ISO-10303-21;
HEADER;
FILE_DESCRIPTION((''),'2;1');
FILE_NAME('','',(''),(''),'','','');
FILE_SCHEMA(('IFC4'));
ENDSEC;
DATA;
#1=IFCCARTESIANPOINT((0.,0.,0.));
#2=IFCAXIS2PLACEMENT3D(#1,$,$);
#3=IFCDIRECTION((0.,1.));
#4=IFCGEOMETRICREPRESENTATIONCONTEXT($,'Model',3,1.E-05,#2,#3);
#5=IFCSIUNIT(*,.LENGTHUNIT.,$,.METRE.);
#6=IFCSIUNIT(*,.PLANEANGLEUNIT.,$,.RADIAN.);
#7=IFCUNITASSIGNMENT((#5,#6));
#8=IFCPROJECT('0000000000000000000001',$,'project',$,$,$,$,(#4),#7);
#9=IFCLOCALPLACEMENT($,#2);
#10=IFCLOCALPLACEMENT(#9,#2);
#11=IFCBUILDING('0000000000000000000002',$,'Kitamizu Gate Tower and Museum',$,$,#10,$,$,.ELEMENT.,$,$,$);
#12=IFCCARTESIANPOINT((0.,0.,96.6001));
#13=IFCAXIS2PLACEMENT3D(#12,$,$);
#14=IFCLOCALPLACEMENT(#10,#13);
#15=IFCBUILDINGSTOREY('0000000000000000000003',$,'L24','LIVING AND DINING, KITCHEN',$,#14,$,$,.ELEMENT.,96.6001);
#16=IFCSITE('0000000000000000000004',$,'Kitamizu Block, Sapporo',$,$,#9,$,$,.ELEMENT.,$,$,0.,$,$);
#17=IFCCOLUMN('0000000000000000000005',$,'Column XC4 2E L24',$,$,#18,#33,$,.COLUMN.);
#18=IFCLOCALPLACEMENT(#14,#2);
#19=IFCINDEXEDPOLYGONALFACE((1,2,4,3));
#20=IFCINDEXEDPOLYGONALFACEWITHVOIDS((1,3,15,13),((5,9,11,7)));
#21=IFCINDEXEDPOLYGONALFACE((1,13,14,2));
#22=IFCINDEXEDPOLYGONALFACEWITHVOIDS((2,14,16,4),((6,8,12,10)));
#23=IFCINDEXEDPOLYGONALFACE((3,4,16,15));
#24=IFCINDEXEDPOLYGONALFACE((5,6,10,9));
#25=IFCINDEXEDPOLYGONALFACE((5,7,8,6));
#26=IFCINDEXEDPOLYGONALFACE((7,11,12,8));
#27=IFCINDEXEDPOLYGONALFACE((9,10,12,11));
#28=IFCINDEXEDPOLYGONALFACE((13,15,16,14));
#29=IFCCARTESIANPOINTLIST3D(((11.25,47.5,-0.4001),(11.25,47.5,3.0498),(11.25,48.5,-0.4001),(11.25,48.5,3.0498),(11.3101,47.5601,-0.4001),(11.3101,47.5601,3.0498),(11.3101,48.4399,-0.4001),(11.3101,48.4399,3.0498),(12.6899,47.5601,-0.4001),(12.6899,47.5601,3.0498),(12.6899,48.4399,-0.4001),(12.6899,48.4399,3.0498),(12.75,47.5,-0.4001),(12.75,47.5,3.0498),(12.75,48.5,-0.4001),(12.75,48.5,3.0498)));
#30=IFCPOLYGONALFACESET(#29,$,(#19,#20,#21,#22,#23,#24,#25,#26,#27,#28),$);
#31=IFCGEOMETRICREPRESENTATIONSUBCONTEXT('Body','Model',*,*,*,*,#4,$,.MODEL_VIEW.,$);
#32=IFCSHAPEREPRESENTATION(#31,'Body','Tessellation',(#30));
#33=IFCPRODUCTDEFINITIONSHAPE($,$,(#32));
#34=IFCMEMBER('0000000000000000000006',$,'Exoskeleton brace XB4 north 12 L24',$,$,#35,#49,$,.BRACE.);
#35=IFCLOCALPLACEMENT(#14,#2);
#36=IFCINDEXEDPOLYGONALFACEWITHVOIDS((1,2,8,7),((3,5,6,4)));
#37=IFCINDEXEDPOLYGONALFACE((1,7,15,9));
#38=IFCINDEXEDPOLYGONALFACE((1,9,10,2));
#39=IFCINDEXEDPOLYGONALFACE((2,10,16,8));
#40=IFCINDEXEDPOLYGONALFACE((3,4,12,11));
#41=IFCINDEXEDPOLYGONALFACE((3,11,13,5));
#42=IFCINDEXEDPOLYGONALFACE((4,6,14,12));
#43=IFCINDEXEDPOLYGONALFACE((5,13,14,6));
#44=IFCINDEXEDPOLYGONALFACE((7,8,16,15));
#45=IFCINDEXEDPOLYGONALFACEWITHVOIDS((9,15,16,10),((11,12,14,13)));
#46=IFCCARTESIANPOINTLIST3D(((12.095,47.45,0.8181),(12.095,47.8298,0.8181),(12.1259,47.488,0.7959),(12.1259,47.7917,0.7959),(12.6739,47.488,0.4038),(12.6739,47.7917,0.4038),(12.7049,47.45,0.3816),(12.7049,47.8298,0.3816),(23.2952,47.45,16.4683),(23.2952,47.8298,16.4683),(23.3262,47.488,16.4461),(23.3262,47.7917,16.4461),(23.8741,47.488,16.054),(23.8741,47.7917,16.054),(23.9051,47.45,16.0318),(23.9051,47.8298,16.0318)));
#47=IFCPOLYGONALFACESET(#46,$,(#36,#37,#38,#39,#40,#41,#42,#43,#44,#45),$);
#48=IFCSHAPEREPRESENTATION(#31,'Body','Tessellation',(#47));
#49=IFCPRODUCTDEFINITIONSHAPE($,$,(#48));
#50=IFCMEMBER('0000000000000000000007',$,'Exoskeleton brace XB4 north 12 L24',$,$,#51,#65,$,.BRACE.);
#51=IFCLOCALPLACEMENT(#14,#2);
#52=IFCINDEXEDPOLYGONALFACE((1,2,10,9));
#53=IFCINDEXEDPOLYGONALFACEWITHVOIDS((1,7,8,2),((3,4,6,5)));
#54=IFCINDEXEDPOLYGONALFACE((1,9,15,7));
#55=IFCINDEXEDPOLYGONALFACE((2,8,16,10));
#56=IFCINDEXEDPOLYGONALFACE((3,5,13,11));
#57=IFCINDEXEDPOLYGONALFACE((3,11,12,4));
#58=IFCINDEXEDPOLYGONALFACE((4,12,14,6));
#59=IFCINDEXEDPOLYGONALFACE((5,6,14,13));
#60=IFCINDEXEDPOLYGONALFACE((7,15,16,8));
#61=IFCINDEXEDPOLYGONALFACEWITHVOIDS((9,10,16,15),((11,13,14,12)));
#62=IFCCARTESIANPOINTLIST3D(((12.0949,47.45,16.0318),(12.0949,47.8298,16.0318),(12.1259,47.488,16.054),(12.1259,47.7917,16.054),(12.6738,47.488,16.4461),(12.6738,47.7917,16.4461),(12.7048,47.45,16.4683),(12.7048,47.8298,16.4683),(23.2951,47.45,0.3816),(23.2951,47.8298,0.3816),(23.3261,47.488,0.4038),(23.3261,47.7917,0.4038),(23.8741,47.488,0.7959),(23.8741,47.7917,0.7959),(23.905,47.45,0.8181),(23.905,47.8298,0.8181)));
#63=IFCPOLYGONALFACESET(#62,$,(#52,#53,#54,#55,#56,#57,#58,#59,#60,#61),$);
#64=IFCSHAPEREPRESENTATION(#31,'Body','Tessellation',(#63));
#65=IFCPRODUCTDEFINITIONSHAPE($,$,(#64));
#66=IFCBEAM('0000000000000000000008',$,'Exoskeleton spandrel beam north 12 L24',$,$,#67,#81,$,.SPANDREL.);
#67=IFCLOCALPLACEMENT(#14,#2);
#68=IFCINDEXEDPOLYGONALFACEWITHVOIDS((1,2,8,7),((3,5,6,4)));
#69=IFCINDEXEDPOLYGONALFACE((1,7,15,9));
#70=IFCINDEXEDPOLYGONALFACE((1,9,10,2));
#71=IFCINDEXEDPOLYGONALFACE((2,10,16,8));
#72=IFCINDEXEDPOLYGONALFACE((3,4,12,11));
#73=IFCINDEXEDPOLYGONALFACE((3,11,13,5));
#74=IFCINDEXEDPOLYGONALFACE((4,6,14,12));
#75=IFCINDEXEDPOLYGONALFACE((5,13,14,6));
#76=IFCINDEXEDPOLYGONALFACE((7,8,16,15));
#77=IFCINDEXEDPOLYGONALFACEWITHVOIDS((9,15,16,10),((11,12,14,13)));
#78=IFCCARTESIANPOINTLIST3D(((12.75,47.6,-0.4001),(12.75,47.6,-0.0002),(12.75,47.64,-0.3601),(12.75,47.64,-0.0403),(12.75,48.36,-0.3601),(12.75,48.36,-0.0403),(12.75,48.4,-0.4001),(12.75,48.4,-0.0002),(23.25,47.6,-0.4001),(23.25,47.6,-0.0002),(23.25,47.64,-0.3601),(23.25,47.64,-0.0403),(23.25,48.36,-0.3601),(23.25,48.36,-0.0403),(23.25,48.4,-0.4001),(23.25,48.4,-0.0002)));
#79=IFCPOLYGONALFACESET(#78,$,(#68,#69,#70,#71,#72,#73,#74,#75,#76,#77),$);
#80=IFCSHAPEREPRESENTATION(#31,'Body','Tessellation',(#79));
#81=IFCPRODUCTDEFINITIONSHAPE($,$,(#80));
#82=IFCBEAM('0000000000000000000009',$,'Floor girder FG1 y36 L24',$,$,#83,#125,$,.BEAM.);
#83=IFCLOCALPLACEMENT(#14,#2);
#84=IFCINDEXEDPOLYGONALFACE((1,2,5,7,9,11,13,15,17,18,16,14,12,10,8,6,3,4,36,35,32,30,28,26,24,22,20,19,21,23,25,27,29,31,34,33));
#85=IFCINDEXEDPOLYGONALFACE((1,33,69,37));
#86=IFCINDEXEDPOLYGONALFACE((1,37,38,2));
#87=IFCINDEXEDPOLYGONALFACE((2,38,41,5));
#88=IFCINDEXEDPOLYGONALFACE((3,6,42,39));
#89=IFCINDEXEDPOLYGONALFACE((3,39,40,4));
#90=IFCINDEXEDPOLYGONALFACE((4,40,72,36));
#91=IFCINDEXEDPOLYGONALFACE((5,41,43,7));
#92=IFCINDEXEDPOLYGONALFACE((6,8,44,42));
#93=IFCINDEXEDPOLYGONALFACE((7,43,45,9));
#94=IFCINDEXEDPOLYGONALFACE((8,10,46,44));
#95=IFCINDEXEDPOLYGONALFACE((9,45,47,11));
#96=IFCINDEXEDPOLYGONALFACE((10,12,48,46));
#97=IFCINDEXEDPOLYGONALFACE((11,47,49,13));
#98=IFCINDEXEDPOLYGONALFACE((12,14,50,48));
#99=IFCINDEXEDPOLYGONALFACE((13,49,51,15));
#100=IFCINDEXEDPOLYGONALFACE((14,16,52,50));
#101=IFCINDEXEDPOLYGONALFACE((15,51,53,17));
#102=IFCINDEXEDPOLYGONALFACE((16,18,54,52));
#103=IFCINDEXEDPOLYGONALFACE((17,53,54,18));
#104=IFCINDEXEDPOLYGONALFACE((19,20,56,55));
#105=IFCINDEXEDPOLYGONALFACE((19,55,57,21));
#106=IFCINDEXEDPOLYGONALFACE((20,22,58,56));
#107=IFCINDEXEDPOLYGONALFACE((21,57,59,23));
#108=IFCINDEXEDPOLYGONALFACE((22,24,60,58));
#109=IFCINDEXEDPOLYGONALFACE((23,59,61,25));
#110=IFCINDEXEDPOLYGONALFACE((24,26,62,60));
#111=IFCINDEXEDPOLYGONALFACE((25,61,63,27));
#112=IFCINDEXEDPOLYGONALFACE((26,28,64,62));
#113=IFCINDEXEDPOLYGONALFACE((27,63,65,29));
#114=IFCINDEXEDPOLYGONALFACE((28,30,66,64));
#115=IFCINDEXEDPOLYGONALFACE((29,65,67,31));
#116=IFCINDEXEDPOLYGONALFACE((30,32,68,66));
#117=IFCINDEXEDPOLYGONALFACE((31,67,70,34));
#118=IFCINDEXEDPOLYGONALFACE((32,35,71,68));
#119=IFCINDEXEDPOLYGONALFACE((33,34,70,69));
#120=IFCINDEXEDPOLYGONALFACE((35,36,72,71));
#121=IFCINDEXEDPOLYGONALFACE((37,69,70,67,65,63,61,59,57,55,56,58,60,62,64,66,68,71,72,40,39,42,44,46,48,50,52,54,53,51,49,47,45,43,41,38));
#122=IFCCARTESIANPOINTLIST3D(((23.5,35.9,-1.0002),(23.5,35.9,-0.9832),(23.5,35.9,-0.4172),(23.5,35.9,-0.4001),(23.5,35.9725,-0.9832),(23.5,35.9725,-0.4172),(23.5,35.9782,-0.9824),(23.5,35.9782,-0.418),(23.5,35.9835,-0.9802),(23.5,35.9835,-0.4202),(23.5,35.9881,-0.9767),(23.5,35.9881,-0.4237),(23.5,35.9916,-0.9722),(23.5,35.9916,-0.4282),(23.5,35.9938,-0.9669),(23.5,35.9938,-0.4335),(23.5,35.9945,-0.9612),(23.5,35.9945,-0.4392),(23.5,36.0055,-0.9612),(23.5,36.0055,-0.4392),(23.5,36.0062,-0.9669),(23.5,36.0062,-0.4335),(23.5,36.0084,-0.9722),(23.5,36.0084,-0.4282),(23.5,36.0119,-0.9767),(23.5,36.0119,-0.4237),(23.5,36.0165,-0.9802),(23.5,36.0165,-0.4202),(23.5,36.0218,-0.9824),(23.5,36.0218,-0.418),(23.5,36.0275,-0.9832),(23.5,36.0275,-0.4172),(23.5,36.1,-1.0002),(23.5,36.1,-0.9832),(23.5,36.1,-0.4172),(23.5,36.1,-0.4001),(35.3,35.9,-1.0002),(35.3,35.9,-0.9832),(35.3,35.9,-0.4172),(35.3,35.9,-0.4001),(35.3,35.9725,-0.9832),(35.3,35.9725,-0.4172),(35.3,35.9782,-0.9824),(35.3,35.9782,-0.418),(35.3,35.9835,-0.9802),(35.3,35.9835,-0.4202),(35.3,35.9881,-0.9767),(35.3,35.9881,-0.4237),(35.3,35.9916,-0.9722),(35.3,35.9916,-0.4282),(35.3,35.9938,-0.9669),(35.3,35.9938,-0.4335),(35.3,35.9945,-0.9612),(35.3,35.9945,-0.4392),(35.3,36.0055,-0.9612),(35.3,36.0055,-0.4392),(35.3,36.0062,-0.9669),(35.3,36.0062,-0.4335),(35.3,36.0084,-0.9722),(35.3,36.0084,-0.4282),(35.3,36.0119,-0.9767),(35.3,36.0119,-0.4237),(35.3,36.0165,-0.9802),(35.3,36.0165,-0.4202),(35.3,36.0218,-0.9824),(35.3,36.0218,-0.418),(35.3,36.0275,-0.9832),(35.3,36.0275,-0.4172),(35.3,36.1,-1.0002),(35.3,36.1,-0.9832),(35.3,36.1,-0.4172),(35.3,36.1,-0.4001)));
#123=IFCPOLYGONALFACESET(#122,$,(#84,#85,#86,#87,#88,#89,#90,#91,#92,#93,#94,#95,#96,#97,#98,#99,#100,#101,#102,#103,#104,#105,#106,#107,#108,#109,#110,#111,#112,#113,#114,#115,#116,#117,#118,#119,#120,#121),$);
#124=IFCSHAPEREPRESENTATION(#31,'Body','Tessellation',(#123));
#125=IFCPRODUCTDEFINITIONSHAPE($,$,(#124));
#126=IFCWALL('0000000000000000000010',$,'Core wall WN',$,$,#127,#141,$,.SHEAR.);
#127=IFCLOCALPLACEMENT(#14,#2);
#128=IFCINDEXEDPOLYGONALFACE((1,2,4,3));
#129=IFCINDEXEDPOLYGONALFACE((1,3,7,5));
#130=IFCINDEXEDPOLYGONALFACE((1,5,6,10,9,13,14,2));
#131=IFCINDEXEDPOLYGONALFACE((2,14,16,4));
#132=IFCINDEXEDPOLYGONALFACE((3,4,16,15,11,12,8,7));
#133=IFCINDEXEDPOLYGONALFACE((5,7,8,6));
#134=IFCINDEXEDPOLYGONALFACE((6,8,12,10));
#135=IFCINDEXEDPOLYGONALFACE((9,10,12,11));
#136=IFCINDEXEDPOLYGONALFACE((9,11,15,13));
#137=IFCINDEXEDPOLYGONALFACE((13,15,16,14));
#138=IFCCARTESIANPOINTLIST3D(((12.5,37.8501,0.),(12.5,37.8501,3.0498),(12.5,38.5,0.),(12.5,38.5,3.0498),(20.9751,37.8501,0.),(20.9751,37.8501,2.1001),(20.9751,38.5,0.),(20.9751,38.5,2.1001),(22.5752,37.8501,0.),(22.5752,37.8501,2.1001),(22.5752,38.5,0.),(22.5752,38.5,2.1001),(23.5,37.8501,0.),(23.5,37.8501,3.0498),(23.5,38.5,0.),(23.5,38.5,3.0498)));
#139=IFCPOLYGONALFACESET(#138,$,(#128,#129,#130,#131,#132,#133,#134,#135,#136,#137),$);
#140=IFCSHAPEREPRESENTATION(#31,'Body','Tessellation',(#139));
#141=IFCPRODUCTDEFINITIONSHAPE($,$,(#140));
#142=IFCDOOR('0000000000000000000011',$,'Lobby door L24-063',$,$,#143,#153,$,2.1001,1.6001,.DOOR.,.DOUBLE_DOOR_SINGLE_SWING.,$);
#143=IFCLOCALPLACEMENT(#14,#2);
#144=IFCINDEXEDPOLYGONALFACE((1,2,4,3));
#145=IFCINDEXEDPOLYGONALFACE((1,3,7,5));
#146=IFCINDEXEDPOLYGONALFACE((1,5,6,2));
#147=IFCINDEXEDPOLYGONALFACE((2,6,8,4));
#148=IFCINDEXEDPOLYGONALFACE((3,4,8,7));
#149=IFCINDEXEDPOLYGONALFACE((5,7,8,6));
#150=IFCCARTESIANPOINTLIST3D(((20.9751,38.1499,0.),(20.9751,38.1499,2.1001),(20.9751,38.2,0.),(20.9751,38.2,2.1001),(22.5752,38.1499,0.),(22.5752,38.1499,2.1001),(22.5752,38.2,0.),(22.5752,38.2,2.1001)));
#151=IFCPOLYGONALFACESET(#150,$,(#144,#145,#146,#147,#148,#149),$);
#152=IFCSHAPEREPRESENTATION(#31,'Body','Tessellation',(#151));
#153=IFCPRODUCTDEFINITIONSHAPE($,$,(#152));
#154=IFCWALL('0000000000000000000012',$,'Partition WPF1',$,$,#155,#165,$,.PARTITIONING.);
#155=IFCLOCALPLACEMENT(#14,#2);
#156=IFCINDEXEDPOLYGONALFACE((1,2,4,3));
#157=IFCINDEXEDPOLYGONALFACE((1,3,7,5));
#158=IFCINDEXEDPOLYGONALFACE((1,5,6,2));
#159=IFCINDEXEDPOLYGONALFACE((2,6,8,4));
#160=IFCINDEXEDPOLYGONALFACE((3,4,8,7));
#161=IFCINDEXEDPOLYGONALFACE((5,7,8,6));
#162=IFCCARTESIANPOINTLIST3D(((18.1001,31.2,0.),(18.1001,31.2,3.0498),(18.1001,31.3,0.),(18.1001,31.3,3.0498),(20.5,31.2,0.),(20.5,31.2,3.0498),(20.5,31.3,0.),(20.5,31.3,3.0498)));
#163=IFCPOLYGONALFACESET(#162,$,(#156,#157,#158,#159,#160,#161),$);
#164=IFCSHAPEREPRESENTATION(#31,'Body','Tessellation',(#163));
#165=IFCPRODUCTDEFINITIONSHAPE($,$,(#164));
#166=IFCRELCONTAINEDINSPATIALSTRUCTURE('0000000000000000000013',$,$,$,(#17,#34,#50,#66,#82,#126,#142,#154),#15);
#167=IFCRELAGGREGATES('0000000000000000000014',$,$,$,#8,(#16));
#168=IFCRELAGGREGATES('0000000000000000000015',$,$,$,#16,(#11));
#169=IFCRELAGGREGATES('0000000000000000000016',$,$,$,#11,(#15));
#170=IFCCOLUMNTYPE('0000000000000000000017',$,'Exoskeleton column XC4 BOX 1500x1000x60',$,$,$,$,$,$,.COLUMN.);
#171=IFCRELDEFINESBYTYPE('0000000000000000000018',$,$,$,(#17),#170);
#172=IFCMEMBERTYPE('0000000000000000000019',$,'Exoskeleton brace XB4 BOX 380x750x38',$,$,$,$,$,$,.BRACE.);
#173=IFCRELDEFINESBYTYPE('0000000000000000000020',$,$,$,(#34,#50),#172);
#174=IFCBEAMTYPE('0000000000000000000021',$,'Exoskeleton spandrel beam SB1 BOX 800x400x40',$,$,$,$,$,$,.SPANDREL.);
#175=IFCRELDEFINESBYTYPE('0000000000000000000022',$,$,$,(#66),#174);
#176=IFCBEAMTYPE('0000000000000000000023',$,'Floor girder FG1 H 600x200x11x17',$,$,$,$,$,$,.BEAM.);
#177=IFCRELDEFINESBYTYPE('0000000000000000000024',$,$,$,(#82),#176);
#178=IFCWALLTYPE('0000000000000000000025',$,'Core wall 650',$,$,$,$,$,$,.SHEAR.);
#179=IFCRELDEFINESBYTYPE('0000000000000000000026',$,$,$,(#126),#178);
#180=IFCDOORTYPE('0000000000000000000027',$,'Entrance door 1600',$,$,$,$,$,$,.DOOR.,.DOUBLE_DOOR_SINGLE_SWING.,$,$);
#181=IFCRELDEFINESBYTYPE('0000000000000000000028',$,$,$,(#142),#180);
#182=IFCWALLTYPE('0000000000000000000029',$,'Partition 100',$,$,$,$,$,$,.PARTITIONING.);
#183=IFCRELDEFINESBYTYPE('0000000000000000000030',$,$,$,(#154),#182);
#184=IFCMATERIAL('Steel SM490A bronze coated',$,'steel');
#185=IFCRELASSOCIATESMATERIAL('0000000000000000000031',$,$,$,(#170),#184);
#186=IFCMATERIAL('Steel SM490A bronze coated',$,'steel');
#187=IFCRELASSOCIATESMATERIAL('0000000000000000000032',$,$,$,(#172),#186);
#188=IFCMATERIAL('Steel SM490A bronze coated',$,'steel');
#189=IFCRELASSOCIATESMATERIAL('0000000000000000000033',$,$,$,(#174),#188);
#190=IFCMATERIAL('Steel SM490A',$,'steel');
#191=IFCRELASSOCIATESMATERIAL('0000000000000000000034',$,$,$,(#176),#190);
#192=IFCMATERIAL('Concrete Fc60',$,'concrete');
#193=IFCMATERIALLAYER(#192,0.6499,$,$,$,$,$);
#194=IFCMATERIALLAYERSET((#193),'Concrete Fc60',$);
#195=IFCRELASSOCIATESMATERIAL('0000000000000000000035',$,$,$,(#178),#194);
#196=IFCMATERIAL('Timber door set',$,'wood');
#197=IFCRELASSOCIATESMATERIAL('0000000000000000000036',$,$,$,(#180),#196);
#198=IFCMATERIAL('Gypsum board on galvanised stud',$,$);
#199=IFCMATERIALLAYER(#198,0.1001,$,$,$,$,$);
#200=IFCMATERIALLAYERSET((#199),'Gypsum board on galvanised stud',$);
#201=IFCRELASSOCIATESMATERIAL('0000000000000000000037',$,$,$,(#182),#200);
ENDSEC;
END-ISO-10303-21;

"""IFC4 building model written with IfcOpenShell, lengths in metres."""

from ifc_helpers import new_model, si_unit, direction, frame, frame_2d, origin, origin_2d, place, context, subcontext, project, spatial, rectangle, hollow_rectangle, i_section, extrude, material, layer, layer_set, material_profile, profile_set, type_object, element, fill, save


model = new_model("IFC4")

# Units and contexts
model_context = context("Model", 3, precision=1e-05, world=origin(), true_north=direction((0.0, 1.0)))
body_context = subcontext(model_context, "Body", "Model", "MODEL_VIEW")
ifc_project = project(units=[si_unit("LENGTHUNIT", "METRE"), si_unit("PLANEANGLEUNIT", "RADIAN")], contexts=[model_context])

# Site, building, storey
site_placement = place(None, origin())
site = spatial("IfcSite", under=ifc_project, at=site_placement, Name="Kitamizu Block, Sapporo", CompositionType="ELEMENT", RefElevation=0.0)
building_placement = place(site_placement, origin())
building = spatial("IfcBuilding", under=site, at=building_placement, Name="Kitamizu Gate Tower and Museum", CompositionType="ELEMENT")
storey_placement = place(building_placement, frame((0.0, 0.0, 96.6001)))
storey = spatial("IfcBuildingStorey", under=building, at=storey_placement, Name="L24", Description="LIVING AND DINING, KITCHEN", CompositionType="ELEMENT", Elevation=96.6001)

# Column
ifc_material_1 = material(Name="Steel SM490A bronze coated", Category="steel")
ifc_material_profile_1 = material_profile(ifc_material_1, hollow_rectangle(XDim=1.5, YDim=1.0, WallThickness=0.0601, at=origin_2d()), Name="BOX 1500x1000x60")
ifc_profile_set_1 = profile_set([ifc_material_profile_1], Name="Steel SM490A bronze coated")
column_type = type_object("IfcColumnType", Name="Exoskeleton column XC4 BOX 1500x1000x60", PredefinedType="COLUMN", material=ifc_profile_set_1)
column_placement = place(storey_placement, frame((12.0, 48.0, -0.4001), z_axis=(0.0, 0.0, 1.0), x_axis=(1.0, 0.0, 0.0)))
element("IfcColumn", 1, at=column_placement, inside=storey, type_object=column_type, Name="Column XC4 2E L24", PredefinedType="COLUMN", context=body_context, shape_type="SweptSolid", body=[
    extrude(hollow_rectangle(XDim=1.5, YDim=1.0, WallThickness=0.0601, at=origin_2d()), origin(), (0.0, 0.0, 1.0), 3.45),
])

# Members
ifc_material_2 = material(Name="Steel SM490A bronze coated", Category="steel")
ifc_material_profile_2 = material_profile(ifc_material_2, hollow_rectangle(XDim=0.3799, YDim=0.75, WallThickness=0.0381, at=origin_2d()), Name="BOX 380x750x38")
ifc_profile_set_2 = profile_set([ifc_material_profile_2], Name="Steel SM490A bronze coated")
member_type = type_object("IfcMemberType", Name="Exoskeleton brace XB4 BOX 380x750x38", PredefinedType="BRACE", material=ifc_profile_set_2)
for number, where, z_axis, x_axis, name in (
    (2, (12.3999, 47.6399, 0.5999), (0.581978, 0.0, 0.813204), (0.0, 1.0, 0.0), "Exoskeleton brace XB4 north 12 L24"),
    (3, (23.6001, 47.6399, 0.5999), (-0.581978, 0.0, 0.813204), (0.0, -1.0, 0.0), "Exoskeleton brace XB4 north 12 L24"),
):
    element("IfcMember", number, at=place(storey_placement, frame(where, z_axis=z_axis, x_axis=x_axis)), inside=storey, type_object=member_type, Name=name, PredefinedType="BRACE", context=body_context, shape_type="SweptSolid", body=[
        extrude(hollow_rectangle(XDim=0.3799, YDim=0.75, WallThickness=0.0381, at=origin_2d()), origin(), (0.0, 0.0, 1.0), 19.2451),
    ])

# Beams
ifc_material_3 = material(Name="Steel SM490A bronze coated", Category="steel")
ifc_material_profile_3 = material_profile(ifc_material_3, hollow_rectangle(XDim=0.8, YDim=0.3999, WallThickness=0.04, at=origin_2d()), Name="BOX 800x400x40")
ifc_profile_set_3 = profile_set([ifc_material_profile_3], Name="Steel SM490A bronze coated")
beam_type_1 = type_object("IfcBeamType", Name="Exoskeleton spandrel beam SB1 BOX 800x400x40", PredefinedType="SPANDREL", material=ifc_profile_set_3)
beam_1_placement = place(storey_placement, frame((12.75, 48.0, -0.2002), z_axis=(1.0, 0.0, 0.0), x_axis=(0.0, 1.0, 0.0)))
element("IfcBeam", 4, at=beam_1_placement, inside=storey, type_object=beam_type_1, Name="Exoskeleton spandrel beam north 12 L24", PredefinedType="SPANDREL", context=body_context, shape_type="SweptSolid", body=[
    extrude(hollow_rectangle(XDim=0.8, YDim=0.3999, WallThickness=0.04, at=origin_2d()), origin(), (0.0, 0.0, 1.0), 10.5),
])
ifc_material_4 = material(Name="Steel SM490A", Category="steel")
ifc_material_profile_4 = material_profile(ifc_material_4, i_section(OverallWidth=0.2, OverallDepth=0.6001, WebThickness=0.011, FlangeThickness=0.0171, FilletRadius=0.022, at=origin_2d()), Name="H-600x200x11x17")
ifc_profile_set_4 = profile_set([ifc_material_profile_4], Name="Steel SM490A")
beam_type_2 = type_object("IfcBeamType", Name="Floor girder FG1 H 600x200x11x17", PredefinedType="BEAM", material=ifc_profile_set_4)
beam_2_placement = place(storey_placement, frame((23.5, 36.0, -0.7002), z_axis=(1.0, 0.0, 0.0), x_axis=(0.0, 1.0, 0.0)))
element("IfcBeam", 5, at=beam_2_placement, inside=storey, type_object=beam_type_2, Name="Floor girder FG1 y36 L24", PredefinedType="BEAM", context=body_context, shape_type="SweptSolid", body=[
    extrude(i_section(OverallWidth=0.2, OverallDepth=0.6001, WebThickness=0.011, FlangeThickness=0.0171, FilletRadius=0.022, at=origin_2d()), origin(), (0.0, 0.0, 1.0), 11.8),
])

# Wall, opening, door
ifc_material_5 = material(Name="Concrete Fc60", Category="concrete")
ifc_layer_1 = layer(ifc_material_5, 0.6499)
ifc_layer_set_1 = layer_set([ifc_layer_1], Name="Concrete Fc60")
wall_type_1 = type_object("IfcWallType", Name="Core wall 650", PredefinedType="SHEAR", material=ifc_layer_set_1)
wall_1_placement = place(storey_placement, frame((12.5, 38.175, 0.0), z_axis=(0.0, 0.0, 1.0), x_axis=(1.0, 0.0, 0.0)))
wall_1 = element("IfcWall", 6, at=wall_1_placement, inside=storey, type_object=wall_type_1, Name="Core wall WN", PredefinedType="SHEAR", context=body_context, shape_type="SweptSolid", body=[
    extrude(rectangle(XDim=11.0, YDim=0.6499, at=frame_2d((5.5, 0.0))), origin(), (0.0, 0.0, 1.0), 3.0498),
])
opening_1_placement = place(wall_1_placement, frame((8.4751, 0.0, 0.0)))
opening_1 = element("IfcOpeningElement", 7, at=opening_1_placement, cuts=wall_1, PredefinedType="OPENING", context=body_context, shape_type="SweptSolid", body=[
    extrude(rectangle(XDim=1.6001, YDim=2.1001, at=frame_2d((0.8, 1.05))), frame((0.0, 0.335, 0.0), z_axis=(0.0, -1.0, 0.0), x_axis=(1.0, 0.0, 0.0)), (0.0, 0.0, 1.0), 0.6699),
])
ifc_material_6 = material(Name="Timber door set", Category="wood")
door_type_1 = type_object("IfcDoorType", Name="Entrance door 1600", OperationType="DOUBLE_DOOR_SINGLE_SWING", PredefinedType="DOOR", material=ifc_material_6)
door_1_placement = place(opening_1_placement, origin())
door_1 = element("IfcDoor", 8, at=door_1_placement, inside=storey, type_object=door_type_1, Name="Lobby door L24-063", OperationType="DOUBLE_DOOR_SINGLE_SWING", OverallHeight=2.1001, OverallWidth=1.6001, PredefinedType="DOOR", context=body_context, shape_type="SweptSolid", body=[
    extrude(rectangle(XDim=1.6001, YDim=2.1001, at=frame_2d((0.8, 1.05))), frame((0.0, 0.0249, 0.0), z_axis=(0.0, -1.0, 0.0), x_axis=(1.0, 0.0, 0.0)), (0.0, 0.0, 1.0), 0.05),
])
fill(opening_1, door_1)

# Wall
ifc_material_7 = material(Name="Gypsum board on galvanised stud")
ifc_layer_2 = layer(ifc_material_7, 0.1001)
ifc_layer_set_2 = layer_set([ifc_layer_2], Name="Gypsum board on galvanised stud")
wall_type_2 = type_object("IfcWallType", Name="Partition 100", PredefinedType="PARTITIONING", material=ifc_layer_set_2)
wall_2_placement = place(storey_placement, frame((18.1001, 31.25, 0.0), z_axis=(0.0, 0.0, 1.0), x_axis=(1.0, 0.0, 0.0)))
element("IfcWall", 9, at=wall_2_placement, inside=storey, type_object=wall_type_2, Name="Partition WPF1", PredefinedType="PARTITIONING", context=body_context, shape_type="SweptSolid", body=[
    extrude(rectangle(XDim=2.3999, YDim=0.1001, at=frame_2d((1.2, 0.0))), origin(), (0.0, 0.0, 1.0), 3.0498),
])

save(model, "model.ifc")
